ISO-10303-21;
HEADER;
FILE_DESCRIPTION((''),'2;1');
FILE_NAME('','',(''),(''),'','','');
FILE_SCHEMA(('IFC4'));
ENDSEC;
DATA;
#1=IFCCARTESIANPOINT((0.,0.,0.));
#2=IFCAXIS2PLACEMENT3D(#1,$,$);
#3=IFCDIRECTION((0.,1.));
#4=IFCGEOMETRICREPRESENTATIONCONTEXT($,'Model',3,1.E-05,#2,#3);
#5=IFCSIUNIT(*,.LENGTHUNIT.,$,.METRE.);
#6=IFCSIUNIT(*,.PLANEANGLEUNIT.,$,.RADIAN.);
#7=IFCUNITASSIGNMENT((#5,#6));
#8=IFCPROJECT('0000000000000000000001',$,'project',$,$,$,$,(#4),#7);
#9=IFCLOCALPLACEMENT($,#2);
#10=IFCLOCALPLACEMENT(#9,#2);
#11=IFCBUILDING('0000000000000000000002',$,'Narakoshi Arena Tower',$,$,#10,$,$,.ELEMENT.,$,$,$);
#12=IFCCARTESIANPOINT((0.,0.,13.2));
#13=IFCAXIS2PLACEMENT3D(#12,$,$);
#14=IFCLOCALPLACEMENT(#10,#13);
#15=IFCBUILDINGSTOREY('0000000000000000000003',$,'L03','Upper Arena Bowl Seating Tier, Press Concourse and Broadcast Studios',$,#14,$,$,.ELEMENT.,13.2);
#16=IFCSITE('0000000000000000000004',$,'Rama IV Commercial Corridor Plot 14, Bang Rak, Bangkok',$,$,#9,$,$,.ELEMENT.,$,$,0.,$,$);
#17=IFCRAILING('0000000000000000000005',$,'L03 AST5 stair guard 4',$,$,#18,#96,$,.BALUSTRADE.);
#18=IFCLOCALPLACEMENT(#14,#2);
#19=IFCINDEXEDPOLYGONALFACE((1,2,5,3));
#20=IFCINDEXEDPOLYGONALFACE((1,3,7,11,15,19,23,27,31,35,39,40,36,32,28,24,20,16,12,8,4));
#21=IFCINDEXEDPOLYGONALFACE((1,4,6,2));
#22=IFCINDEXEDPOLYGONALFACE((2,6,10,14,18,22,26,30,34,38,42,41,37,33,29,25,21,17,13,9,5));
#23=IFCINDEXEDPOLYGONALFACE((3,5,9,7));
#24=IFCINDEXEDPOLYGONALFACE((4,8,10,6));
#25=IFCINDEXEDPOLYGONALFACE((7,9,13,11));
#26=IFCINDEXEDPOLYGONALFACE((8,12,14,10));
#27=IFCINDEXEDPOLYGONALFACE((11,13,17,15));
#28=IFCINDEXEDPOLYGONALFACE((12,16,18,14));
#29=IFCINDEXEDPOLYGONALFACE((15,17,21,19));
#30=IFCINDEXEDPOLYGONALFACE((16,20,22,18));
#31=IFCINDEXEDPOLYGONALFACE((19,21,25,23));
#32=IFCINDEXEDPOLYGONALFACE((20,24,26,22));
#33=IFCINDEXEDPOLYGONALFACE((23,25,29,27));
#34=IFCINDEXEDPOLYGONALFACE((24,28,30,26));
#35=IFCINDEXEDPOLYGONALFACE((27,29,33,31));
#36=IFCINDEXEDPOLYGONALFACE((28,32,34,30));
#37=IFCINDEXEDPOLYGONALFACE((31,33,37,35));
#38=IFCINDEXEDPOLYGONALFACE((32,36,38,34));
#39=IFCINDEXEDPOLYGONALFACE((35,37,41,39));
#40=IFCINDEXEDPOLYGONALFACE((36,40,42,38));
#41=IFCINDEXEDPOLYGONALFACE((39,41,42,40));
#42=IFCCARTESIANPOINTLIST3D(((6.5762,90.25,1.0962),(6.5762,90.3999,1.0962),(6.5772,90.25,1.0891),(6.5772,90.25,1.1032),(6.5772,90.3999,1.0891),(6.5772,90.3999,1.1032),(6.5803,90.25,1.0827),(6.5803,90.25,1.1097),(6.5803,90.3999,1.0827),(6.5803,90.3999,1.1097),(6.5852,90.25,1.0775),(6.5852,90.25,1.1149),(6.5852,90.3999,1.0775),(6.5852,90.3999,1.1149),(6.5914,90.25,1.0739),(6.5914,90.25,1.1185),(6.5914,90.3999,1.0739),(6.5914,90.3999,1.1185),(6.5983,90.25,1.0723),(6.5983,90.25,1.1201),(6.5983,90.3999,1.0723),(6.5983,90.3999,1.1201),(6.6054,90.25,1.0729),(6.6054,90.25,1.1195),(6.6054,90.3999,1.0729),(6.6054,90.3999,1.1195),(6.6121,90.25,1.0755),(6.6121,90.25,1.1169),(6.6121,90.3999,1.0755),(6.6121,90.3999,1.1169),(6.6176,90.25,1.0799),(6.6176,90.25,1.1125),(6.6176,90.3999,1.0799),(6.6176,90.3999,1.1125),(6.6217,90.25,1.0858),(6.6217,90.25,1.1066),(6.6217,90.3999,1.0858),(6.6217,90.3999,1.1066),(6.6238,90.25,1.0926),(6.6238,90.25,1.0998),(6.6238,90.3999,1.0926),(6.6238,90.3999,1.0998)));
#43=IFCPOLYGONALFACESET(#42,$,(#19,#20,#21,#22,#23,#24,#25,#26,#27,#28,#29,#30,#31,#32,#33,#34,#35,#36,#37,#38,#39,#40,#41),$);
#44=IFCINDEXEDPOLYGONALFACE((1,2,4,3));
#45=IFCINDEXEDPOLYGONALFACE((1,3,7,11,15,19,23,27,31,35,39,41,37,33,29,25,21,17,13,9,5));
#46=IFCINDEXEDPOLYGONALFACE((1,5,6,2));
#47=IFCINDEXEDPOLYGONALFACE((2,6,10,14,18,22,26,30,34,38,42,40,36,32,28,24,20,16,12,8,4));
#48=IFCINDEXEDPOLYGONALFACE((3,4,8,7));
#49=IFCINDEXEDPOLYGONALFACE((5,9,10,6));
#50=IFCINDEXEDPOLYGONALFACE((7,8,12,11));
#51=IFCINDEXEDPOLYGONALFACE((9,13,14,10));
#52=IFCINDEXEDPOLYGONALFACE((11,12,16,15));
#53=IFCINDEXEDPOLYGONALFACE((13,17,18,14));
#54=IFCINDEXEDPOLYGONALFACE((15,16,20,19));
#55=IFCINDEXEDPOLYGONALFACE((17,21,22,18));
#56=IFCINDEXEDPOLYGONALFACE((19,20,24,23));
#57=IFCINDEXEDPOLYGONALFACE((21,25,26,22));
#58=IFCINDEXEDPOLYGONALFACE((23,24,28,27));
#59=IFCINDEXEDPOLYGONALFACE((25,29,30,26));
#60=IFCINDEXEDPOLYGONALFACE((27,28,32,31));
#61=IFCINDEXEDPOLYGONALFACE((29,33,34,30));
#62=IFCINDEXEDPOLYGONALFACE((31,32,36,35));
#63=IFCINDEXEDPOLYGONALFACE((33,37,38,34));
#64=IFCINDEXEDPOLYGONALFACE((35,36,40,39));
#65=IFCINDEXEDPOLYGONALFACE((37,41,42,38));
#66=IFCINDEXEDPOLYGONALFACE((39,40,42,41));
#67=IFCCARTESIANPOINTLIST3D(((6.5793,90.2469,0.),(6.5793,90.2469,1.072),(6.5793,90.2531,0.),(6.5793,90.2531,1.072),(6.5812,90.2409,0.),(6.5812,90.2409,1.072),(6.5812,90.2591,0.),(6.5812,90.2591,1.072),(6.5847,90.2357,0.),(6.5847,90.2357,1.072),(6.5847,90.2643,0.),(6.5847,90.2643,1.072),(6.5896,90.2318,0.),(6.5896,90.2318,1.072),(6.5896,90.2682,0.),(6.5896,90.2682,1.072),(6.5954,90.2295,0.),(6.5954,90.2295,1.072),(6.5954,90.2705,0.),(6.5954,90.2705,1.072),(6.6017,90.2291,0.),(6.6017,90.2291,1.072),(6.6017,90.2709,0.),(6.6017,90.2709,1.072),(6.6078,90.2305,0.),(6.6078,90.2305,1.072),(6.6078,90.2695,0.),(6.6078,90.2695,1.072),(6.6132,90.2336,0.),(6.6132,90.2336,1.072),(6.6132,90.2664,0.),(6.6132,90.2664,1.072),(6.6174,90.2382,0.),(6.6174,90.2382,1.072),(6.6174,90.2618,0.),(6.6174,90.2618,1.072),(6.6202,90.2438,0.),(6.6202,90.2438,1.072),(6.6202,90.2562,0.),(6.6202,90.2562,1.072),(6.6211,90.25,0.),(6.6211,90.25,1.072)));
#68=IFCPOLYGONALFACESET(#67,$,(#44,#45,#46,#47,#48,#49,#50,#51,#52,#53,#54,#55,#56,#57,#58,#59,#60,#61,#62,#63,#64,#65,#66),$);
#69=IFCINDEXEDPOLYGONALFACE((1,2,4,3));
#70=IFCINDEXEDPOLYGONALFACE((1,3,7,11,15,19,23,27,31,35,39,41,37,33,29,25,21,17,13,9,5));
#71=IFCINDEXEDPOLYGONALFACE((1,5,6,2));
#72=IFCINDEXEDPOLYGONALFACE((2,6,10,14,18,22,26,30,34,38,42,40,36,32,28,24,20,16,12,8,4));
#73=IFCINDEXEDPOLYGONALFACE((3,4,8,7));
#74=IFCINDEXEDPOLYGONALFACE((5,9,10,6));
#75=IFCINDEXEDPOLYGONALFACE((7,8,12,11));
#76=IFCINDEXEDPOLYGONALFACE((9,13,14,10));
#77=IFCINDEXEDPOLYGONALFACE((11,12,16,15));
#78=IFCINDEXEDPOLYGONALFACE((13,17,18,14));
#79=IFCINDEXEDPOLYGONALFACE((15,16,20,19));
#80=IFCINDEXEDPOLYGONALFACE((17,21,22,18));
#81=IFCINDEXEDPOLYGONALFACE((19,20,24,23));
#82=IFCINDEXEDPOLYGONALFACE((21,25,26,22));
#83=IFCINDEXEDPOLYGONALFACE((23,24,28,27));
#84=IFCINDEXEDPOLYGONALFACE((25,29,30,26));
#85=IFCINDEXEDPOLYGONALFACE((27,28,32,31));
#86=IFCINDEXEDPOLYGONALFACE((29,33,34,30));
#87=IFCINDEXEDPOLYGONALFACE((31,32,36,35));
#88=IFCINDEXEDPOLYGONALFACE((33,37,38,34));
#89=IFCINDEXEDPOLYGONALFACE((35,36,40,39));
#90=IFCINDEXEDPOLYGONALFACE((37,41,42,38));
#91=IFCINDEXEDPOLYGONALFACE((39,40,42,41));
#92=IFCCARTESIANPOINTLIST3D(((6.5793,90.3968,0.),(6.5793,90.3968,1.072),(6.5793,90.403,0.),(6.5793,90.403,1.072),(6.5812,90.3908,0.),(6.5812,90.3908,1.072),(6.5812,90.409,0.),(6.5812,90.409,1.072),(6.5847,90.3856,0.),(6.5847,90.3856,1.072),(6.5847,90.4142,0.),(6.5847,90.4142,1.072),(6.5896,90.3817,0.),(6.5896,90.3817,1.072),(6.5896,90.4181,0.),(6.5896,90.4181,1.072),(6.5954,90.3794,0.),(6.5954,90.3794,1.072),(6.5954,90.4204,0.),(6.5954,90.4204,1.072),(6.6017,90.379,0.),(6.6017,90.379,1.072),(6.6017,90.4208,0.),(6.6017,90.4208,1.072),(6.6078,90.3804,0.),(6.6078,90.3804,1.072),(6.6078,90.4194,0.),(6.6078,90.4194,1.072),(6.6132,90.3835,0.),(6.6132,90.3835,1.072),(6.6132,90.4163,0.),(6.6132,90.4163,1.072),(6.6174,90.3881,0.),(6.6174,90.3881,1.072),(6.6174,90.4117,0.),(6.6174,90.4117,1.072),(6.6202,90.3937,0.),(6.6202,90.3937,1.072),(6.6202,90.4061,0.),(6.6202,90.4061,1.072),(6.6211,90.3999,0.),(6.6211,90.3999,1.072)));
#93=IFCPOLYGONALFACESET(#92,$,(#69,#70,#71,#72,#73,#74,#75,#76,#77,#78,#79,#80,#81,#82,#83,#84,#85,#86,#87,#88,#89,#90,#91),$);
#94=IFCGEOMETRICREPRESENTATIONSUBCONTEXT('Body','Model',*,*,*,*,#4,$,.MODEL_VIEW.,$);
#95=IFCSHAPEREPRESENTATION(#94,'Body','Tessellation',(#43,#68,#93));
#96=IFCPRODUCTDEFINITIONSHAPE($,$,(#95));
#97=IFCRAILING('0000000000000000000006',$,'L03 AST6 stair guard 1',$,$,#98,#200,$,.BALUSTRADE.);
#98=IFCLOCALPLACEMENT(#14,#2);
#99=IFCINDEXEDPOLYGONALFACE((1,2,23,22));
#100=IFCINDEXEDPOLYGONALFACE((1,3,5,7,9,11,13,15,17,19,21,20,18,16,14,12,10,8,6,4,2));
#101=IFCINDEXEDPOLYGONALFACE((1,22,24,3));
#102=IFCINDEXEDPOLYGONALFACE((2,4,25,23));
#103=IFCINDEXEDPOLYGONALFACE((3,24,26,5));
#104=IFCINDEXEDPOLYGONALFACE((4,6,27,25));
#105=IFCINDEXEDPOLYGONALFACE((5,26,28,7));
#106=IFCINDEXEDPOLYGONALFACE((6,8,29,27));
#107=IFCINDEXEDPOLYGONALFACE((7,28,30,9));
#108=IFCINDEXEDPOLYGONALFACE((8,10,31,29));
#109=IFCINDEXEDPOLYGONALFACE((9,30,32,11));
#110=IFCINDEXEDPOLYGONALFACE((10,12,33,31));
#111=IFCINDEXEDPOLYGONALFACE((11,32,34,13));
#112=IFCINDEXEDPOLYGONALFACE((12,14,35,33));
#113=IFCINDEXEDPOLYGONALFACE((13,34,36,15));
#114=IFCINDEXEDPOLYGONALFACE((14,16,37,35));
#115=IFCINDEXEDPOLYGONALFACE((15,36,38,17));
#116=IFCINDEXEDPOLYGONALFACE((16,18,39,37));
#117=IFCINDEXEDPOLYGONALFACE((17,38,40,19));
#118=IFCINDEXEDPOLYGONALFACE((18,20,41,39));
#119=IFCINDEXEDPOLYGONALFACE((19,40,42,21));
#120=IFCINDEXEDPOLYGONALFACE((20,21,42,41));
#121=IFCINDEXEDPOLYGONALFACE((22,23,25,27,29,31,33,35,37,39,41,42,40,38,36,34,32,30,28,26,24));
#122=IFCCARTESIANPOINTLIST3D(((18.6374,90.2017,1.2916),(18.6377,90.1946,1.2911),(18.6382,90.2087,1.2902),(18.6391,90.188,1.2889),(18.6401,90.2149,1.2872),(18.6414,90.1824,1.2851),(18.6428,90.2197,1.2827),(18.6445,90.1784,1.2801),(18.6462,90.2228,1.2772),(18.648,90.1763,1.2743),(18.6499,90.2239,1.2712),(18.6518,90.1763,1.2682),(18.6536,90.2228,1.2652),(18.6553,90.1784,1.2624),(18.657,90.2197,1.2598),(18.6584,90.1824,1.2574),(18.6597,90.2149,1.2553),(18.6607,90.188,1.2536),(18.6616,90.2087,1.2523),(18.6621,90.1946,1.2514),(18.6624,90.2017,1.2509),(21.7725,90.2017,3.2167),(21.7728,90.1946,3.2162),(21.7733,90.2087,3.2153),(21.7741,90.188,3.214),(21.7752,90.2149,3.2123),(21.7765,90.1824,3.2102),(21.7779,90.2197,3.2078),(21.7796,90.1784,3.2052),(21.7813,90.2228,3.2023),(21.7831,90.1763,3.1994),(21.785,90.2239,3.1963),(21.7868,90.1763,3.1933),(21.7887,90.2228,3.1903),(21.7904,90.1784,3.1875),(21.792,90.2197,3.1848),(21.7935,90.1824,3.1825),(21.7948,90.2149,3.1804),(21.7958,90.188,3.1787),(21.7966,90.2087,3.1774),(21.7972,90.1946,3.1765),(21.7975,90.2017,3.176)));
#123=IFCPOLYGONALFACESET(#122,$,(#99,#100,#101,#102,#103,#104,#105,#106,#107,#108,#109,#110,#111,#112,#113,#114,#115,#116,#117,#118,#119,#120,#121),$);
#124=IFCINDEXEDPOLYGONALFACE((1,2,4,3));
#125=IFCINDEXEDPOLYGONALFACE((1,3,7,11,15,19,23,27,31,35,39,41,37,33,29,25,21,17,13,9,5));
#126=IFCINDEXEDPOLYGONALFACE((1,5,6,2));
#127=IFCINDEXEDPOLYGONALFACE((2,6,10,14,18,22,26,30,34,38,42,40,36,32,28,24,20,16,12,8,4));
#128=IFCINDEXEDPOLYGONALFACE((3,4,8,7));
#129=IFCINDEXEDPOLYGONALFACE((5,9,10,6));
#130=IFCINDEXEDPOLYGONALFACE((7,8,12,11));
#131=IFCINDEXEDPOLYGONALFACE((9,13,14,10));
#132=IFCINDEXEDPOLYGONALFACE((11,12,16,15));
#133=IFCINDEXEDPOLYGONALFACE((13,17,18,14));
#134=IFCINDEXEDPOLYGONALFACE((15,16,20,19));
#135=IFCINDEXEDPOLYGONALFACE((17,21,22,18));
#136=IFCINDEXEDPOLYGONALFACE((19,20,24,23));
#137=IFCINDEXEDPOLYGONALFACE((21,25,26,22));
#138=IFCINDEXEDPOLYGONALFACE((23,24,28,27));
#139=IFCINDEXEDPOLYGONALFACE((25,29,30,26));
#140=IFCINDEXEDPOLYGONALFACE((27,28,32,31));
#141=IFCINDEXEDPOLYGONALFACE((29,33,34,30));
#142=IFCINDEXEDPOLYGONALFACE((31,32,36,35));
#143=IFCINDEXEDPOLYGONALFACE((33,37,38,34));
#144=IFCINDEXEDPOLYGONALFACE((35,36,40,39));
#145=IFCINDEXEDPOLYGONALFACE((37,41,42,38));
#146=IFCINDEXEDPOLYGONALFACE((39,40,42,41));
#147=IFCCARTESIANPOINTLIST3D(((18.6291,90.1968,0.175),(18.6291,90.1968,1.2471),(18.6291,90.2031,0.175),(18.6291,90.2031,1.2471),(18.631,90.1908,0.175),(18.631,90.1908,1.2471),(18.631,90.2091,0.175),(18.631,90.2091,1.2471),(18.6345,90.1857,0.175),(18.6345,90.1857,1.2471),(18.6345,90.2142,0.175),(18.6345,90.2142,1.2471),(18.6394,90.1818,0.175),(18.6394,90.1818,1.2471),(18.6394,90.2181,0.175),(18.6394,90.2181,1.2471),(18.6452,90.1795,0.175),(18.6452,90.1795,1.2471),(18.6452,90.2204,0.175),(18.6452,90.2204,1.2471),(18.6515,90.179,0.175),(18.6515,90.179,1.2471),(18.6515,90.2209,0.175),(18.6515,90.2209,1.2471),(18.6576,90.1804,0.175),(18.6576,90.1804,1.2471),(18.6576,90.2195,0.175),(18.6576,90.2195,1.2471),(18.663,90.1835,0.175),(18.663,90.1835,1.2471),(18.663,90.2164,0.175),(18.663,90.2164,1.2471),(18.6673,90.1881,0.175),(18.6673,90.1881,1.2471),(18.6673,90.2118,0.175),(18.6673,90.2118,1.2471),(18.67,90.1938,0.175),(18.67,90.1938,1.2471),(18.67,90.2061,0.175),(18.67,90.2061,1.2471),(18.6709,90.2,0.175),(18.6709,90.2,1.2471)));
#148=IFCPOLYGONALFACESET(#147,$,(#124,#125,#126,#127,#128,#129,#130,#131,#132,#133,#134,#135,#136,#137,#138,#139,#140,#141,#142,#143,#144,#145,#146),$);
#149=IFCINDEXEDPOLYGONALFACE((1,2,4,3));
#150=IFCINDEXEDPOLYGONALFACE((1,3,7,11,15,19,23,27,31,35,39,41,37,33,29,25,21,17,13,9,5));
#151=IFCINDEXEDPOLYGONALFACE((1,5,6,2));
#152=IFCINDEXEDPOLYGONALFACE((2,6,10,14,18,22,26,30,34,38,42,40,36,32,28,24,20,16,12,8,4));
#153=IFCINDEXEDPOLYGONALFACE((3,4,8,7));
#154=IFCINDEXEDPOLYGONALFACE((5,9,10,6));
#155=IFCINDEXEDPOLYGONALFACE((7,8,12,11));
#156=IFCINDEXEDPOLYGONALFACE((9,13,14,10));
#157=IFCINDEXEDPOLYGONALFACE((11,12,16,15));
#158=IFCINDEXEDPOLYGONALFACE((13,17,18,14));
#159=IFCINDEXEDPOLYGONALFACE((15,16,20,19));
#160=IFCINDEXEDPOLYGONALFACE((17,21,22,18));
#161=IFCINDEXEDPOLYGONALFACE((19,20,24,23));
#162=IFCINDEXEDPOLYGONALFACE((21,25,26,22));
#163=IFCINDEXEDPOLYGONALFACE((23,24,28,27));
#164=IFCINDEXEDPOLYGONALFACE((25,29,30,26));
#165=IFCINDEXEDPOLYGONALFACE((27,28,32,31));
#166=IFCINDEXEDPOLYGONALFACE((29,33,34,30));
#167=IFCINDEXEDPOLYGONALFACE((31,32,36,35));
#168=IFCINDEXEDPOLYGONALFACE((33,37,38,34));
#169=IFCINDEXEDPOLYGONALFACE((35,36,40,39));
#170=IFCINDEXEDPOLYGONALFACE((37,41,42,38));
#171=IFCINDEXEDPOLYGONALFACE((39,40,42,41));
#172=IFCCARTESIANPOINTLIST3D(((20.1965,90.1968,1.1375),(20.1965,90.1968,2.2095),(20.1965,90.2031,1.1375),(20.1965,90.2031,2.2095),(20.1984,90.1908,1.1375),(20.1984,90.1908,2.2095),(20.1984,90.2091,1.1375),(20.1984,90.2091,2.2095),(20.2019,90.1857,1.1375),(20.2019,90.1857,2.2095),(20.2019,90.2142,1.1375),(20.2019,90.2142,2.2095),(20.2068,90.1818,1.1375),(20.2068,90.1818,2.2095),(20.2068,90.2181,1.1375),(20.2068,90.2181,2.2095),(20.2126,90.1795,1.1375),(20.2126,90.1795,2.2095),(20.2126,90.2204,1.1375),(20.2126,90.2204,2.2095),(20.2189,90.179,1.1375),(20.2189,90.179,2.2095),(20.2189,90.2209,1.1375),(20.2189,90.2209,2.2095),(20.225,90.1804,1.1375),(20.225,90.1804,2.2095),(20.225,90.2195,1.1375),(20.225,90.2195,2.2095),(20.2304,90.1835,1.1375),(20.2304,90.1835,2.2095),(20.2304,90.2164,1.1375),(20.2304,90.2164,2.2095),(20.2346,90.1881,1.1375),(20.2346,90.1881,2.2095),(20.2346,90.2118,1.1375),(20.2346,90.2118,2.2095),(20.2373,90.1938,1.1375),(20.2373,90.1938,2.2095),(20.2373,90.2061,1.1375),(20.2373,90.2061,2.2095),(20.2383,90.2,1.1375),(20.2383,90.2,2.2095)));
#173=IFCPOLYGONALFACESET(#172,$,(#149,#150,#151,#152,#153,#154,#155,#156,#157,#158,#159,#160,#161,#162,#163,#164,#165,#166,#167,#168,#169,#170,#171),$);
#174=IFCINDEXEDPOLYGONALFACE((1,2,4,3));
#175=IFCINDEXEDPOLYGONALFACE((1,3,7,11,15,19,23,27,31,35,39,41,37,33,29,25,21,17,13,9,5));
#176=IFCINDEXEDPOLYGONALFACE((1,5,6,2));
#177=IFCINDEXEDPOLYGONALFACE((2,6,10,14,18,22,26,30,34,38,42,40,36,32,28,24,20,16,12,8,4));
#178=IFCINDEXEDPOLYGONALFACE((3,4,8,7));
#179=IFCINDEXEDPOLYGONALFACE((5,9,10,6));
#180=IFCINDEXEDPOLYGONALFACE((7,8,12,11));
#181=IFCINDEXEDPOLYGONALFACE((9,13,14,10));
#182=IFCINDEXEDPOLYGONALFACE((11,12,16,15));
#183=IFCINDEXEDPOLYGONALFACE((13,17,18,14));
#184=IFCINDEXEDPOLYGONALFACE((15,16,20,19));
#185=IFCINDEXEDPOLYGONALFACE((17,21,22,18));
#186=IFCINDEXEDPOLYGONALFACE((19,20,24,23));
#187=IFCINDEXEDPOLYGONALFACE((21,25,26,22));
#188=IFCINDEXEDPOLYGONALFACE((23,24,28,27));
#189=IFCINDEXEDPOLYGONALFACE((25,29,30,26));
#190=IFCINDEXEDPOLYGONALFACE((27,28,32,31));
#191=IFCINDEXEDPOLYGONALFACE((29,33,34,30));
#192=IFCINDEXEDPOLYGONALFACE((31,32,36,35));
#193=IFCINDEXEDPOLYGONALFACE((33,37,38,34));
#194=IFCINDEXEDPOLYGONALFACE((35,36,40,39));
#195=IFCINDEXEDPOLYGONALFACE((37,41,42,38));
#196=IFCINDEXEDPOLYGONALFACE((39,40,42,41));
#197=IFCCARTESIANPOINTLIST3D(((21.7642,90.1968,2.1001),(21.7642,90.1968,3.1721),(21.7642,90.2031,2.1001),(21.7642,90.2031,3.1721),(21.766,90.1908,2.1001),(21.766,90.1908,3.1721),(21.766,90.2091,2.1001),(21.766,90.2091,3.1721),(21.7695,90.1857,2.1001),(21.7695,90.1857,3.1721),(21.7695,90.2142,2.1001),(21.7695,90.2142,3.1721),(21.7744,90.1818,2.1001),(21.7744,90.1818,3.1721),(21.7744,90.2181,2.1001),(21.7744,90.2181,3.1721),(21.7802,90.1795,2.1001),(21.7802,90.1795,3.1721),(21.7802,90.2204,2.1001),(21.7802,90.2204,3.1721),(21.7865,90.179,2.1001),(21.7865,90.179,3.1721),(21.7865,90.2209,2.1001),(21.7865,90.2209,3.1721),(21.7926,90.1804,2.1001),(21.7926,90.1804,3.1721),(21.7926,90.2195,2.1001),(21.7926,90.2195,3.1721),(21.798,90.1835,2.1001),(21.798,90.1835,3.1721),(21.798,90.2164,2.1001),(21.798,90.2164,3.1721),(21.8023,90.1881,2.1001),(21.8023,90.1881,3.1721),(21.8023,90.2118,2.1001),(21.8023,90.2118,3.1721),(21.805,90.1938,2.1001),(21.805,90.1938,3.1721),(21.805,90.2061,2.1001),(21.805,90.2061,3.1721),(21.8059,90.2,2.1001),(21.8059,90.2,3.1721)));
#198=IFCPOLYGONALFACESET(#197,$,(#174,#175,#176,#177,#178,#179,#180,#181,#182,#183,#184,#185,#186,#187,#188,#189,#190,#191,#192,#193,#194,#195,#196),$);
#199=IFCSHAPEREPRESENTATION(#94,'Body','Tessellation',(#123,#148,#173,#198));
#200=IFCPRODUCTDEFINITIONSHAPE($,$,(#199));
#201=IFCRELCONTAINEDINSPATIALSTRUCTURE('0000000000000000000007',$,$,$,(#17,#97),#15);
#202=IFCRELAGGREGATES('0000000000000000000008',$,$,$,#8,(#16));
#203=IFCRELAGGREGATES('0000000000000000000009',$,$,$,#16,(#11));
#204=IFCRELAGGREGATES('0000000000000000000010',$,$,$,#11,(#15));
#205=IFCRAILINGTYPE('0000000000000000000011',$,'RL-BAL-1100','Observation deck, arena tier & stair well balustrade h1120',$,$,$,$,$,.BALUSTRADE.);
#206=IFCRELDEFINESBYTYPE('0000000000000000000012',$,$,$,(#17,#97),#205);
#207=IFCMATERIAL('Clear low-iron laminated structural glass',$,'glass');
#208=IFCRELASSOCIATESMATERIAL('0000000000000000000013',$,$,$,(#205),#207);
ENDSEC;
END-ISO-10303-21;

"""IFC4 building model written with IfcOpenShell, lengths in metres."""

from ifc_helpers import new_model, si_unit, direction, frame, origin, origin_2d, place, context, subcontext, project, spatial, circle, extrude, material, type_object, element, save


model = new_model("IFC4")

# Units and contexts
model_context = context("Model", 3, precision=1e-05, world=origin(), true_north=direction((0.0, 1.0)))
body_context = subcontext(model_context, "Body", "Model", "MODEL_VIEW")
ifc_project = project(units=[si_unit("LENGTHUNIT", "METRE"), si_unit("PLANEANGLEUNIT", "RADIAN")], contexts=[model_context])

# Site, building, storey
site_placement = place(None, origin())
site = spatial("IfcSite", under=ifc_project, at=site_placement, Name="Rama IV Commercial Corridor Plot 14, Bang Rak, Bangkok", CompositionType="ELEMENT", RefElevation=0.0)
building_placement = place(site_placement, origin())
building = spatial("IfcBuilding", under=site, at=building_placement, Name="Narakoshi Arena Tower", CompositionType="ELEMENT")
storey_placement = place(building_placement, frame((0.0, 0.0, 13.2)))
storey = spatial("IfcBuildingStorey", under=building, at=storey_placement, Name="L03", Description="Upper Arena Bowl Seating Tier, Press Concourse and Broadcast Studios", CompositionType="ELEMENT", Elevation=13.2)

# Railings
ifc_material_1 = material(Name="Clear low-iron laminated structural glass", Category="glass")
railing_type_1 = type_object("IfcRailingType", Name="RL-BAL-1100", Description="Observation deck, arena tier & stair well balustrade h1120", PredefinedType="BALUSTRADE", material=ifc_material_1)
railing_1_placement = place(storey_placement, frame((6.6001, 90.25, 0.0)))
element("IfcRailing", 1, at=railing_1_placement, inside=storey, type_object=railing_type_1, Name="L03 AST5 stair guard 4", PredefinedType="BALUSTRADE", context=body_context, shape_type="SweptSolid", body=[
    extrude(circle(Radius=0.0239, at=origin_2d()), frame((0.0, 0.0, 1.0962), z_axis=(0.0, 1.0, 0.0), x_axis=(-1.0, 0.0, 0.0)), (0.0, 0.0, 1.0), 0.1499),
    extrude(circle(Radius=0.021, at=origin_2d()), origin(), (0.0, 0.0, 1.0), 1.072),
    extrude(circle(Radius=0.021, at=origin_2d()), frame((0.0, 0.1499, 0.0)), (0.0, 0.0, 1.0), 1.072),
])
railing_2_placement = place(storey_placement, frame((18.6499, 90.2, 0.175)))
element("IfcRailing", 2, at=railing_2_placement, inside=storey, type_object=railing_type_1, Name="L03 AST6 stair guard 1", PredefinedType="BALUSTRADE", context=body_context, shape_type="SweptSolid", body=[
    extrude(circle(Radius=0.0239, at=origin_2d()), frame((0.0, 0.0, 1.0962), z_axis=(0.852166, 0.0, 0.523271), x_axis=(0.0, 1.0, 0.0)), (0.0, 0.0, 1.0), 3.679),
    extrude(circle(Radius=0.021, at=origin_2d()), origin(), (0.0, 0.0, 1.0), 1.072),
    extrude(circle(Radius=0.021, at=origin_2d()), frame((1.5674, 0.0, 0.9624)), (0.0, 0.0, 1.0), 1.072),
    extrude(circle(Radius=0.021, at=origin_2d()), frame((3.135, 0.0, 1.925)), (0.0, 0.0, 1.0), 1.072),
])

save(model, "model.ifc")
